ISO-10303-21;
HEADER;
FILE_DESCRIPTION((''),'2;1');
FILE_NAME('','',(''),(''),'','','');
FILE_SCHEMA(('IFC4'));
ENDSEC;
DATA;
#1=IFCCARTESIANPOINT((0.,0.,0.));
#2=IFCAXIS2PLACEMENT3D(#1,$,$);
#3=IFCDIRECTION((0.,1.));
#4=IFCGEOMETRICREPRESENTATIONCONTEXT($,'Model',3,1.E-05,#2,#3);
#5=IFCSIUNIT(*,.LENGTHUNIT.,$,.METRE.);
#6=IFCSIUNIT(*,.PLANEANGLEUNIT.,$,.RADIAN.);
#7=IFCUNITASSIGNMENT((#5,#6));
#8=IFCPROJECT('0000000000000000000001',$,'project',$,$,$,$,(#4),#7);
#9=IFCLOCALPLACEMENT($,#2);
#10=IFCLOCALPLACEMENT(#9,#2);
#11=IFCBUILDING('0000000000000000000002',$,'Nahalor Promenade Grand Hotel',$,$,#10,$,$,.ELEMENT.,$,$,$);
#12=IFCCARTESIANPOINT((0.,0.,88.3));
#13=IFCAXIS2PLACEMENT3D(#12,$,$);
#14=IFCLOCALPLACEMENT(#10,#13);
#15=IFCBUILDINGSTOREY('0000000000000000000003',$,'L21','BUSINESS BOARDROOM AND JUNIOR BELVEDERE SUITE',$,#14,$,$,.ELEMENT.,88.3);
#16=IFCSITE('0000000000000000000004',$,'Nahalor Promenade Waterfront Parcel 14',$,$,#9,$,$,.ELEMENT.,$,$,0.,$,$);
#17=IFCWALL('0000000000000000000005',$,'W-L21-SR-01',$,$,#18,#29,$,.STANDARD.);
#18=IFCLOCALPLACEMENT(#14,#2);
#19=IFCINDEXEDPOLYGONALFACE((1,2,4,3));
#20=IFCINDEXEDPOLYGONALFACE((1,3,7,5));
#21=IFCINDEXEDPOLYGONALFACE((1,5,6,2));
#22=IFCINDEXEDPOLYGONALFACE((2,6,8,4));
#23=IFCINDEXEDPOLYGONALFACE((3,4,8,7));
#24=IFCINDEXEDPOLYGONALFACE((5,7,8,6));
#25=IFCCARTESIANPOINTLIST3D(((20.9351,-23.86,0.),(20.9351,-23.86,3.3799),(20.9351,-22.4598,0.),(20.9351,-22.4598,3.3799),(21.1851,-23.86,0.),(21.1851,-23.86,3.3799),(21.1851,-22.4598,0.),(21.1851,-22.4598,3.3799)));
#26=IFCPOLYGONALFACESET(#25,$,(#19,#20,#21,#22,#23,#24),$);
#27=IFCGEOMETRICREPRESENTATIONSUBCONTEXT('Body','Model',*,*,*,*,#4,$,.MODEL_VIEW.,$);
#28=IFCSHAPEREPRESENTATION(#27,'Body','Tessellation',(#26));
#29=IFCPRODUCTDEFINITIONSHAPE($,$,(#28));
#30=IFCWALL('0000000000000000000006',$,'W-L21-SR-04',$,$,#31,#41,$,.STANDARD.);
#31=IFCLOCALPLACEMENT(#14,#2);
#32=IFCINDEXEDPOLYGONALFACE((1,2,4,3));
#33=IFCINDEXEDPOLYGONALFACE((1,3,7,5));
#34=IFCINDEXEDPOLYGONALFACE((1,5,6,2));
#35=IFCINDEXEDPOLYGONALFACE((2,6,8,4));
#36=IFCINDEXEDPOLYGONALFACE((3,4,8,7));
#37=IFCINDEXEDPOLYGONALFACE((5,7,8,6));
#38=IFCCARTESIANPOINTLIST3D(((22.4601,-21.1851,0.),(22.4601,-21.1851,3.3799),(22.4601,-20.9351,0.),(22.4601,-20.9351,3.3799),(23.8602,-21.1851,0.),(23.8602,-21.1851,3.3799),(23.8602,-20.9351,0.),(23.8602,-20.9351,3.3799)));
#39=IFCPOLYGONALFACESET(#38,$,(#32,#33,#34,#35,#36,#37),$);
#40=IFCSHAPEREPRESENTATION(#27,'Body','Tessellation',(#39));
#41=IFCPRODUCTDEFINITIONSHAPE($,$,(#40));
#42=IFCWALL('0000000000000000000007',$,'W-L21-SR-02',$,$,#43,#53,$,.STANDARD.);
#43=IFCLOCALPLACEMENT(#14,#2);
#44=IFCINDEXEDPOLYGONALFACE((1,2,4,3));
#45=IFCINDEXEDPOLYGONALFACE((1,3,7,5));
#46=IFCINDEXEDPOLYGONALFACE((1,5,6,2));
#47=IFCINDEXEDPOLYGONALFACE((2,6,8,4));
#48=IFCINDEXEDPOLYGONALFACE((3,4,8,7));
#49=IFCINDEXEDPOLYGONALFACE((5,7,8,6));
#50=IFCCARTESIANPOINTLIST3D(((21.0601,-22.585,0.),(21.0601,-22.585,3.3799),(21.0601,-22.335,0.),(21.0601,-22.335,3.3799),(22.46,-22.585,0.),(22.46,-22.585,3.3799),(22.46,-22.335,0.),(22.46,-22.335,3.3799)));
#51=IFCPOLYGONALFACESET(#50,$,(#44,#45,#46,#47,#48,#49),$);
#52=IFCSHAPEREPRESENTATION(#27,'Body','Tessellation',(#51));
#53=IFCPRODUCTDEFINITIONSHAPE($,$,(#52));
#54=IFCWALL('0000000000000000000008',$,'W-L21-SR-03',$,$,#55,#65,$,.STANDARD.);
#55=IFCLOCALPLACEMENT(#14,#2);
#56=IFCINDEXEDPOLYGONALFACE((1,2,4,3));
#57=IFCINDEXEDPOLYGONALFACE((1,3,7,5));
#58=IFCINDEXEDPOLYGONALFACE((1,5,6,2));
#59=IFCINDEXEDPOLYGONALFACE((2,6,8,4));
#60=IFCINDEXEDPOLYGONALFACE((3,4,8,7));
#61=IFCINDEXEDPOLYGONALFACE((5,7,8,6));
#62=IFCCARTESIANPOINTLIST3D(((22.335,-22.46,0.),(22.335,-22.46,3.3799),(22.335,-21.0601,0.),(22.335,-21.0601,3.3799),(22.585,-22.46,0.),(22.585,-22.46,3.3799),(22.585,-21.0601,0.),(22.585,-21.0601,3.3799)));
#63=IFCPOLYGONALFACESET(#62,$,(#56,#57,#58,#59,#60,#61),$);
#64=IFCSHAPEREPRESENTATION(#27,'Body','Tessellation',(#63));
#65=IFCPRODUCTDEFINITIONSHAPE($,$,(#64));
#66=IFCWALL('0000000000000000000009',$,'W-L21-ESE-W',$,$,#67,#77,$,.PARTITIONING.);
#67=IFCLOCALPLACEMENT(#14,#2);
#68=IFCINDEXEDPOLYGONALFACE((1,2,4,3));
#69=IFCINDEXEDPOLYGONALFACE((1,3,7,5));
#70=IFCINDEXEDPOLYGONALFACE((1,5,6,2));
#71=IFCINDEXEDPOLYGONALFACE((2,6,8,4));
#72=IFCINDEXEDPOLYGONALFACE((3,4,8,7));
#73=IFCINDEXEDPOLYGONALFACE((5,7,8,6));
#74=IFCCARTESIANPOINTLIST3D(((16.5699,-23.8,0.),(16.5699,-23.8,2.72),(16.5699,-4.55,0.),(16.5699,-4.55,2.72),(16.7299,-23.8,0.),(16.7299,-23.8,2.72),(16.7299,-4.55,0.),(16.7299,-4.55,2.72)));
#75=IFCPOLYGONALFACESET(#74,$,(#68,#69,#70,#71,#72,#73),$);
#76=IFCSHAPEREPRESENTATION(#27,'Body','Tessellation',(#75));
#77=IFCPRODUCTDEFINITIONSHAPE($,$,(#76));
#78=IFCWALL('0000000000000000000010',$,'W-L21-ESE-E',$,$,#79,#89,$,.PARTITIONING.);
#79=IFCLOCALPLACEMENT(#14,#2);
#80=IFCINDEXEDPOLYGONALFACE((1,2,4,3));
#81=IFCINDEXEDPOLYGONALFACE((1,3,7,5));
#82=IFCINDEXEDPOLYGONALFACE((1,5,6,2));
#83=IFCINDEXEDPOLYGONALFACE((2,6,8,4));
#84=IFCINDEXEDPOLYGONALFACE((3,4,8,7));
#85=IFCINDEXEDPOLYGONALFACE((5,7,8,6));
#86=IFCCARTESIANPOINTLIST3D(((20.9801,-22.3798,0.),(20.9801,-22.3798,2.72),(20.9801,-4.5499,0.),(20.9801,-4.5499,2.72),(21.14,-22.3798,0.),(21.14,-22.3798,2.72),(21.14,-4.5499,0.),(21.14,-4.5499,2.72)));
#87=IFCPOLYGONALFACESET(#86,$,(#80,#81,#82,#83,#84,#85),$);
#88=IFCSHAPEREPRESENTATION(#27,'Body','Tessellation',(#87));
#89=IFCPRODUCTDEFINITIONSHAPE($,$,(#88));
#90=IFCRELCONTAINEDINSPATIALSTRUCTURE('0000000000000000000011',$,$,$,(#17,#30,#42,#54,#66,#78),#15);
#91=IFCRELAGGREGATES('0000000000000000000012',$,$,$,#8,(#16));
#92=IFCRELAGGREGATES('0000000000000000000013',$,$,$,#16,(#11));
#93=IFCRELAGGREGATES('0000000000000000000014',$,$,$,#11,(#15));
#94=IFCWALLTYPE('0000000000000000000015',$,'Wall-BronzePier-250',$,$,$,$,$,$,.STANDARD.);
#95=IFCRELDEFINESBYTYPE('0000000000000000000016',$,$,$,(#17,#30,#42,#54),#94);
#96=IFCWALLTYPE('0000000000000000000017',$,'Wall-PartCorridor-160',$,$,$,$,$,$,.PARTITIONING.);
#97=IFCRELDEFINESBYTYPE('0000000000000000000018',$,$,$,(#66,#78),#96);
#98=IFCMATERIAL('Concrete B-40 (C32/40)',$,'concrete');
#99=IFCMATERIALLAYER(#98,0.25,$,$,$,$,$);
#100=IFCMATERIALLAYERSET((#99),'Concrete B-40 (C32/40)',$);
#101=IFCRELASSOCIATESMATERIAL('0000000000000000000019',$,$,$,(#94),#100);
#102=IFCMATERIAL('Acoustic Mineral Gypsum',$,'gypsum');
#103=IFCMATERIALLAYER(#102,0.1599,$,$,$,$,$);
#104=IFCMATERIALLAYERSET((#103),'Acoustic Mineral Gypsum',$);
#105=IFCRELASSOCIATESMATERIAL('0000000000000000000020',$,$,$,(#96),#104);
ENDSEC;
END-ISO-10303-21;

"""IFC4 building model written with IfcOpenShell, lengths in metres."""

from ifc_helpers import new_model, si_unit, direction, frame, frame_2d, origin, place, context, subcontext, project, spatial, rectangle, extrude, source, transform, mapped, material, layer, layer_set, type_object, element, save


model = new_model("IFC4")

# Units and contexts
model_context = context("Model", 3, precision=1e-05, world=origin(), true_north=direction((0.0, 1.0)))
body_context = subcontext(model_context, "Body", "Model", "MODEL_VIEW")
ifc_project = project(units=[si_unit("LENGTHUNIT", "METRE"), si_unit("PLANEANGLEUNIT", "RADIAN")], contexts=[model_context])

# Site, building, storey
site_placement = place(None, origin())
site = spatial("IfcSite", under=ifc_project, at=site_placement, Name="Nahalor Promenade Waterfront Parcel 14", CompositionType="ELEMENT", RefElevation=0.0)
building_placement = place(site_placement, origin())
building = spatial("IfcBuilding", under=site, at=building_placement, Name="Nahalor Promenade Grand Hotel", CompositionType="ELEMENT")
storey_placement = place(building_placement, frame((0.0, 0.0, 88.3)))
storey = spatial("IfcBuildingStorey", under=building, at=storey_placement, Name="L21", Description="BUSINESS BOARDROOM AND JUNIOR BELVEDERE SUITE", CompositionType="ELEMENT", Elevation=88.3)

# Walls
ifc_material_1 = material(Name="Concrete B-40 (C32/40)", Category="concrete")
ifc_layer_1 = layer(ifc_material_1, 0.25)
ifc_layer_set_1 = layer_set([ifc_layer_1], Name="Concrete B-40 (C32/40)")
wall_type_1 = type_object("IfcWallType", Name="Wall-BronzePier-250", PredefinedType="STANDARD", material=ifc_layer_set_1)
shared_shape_1 = source(origin(), body_context, "Body", "SweptSolid", [
    extrude(rectangle(XDim=1.4001, YDim=0.25, at=frame_2d((0.7002, 0.0))), origin(), (0.0, 0.0, 1.0), 3.3799),
])
for number, where, z_axis, x_axis, name in (
    (1, (21.0601, -23.8601, 0.0), (0.0, 0.0, 1.0), (0.0, 1.0, 0.0), "W-L21-SR-01"),
    (2, (22.46, -21.0601, 0.0), (0.0, 0.0, 1.0), (1.0, 0.0, 0.0), "W-L21-SR-04"),
):
    element("IfcWall", number, at=place(storey_placement, frame(where, z_axis=z_axis, x_axis=x_axis)), inside=storey, type_object=wall_type_1, Name=name, PredefinedType="STANDARD", context=body_context, shape_type="MappedRepresentation", body=[
        mapped(shared_shape_1, transform((0.0, 0.0, 0.0), scale=1.0)),
    ])
shared_shape_2 = source(origin(), body_context, "Body", "SweptSolid", [
    extrude(rectangle(XDim=1.3999, YDim=0.25, at=frame_2d((0.7, 0.0))), origin(), (0.0, 0.0, 1.0), 3.3799),
])
for number, where, z_axis, x_axis, name in (
    (3, (21.0601, -22.46, 0.0), (0.0, 0.0, 1.0), (1.0, 0.0, 0.0), "W-L21-SR-02"),
    (4, (22.46, -22.46, 0.0), (0.0, 0.0, 1.0), (0.0, 1.0, 0.0), "W-L21-SR-03"),
):
    element("IfcWall", number, at=place(storey_placement, frame(where, z_axis=z_axis, x_axis=x_axis)), inside=storey, type_object=wall_type_1, Name=name, PredefinedType="STANDARD", context=body_context, shape_type="MappedRepresentation", body=[
        mapped(shared_shape_2, transform((0.0, 0.0, 0.0), scale=1.0)),
    ])
ifc_material_2 = material(Name="Acoustic Mineral Gypsum", Category="gypsum")
ifc_layer_2 = layer(ifc_material_2, 0.1599)
ifc_layer_set_2 = layer_set([ifc_layer_2], Name="Acoustic Mineral Gypsum")
wall_type_2 = type_object("IfcWallType", Name="Wall-PartCorridor-160", PredefinedType="PARTITIONING", material=ifc_layer_set_2)
shared_shape_3 = source(origin(), body_context, "Body", "SweptSolid", [
    extrude(rectangle(XDim=19.25, YDim=0.1599, at=frame_2d((9.625, 0.0))), origin(), (0.0, 0.0, 1.0), 2.72),
])
wall_1_placement = place(storey_placement, frame((16.6499, -23.8, 0.0), z_axis=(0.0, 0.0, 1.0), x_axis=(0.0, 1.0, 0.0)))
element("IfcWall", 5, at=wall_1_placement, inside=storey, type_object=wall_type_2, Name="W-L21-ESE-W", PredefinedType="PARTITIONING", context=body_context, shape_type="MappedRepresentation", body=[
    mapped(shared_shape_3, transform((0.0, 0.0, 0.0), scale=1.0)),
])
shared_shape_4 = source(origin(), body_context, "Body", "SweptSolid", [
    extrude(rectangle(XDim=17.8298, YDim=0.1599, at=frame_2d((8.915, 0.0))), origin(), (0.0, 0.0, 1.0), 2.72),
])
wall_2_placement = place(storey_placement, frame((21.0601, -22.3799, 0.0), z_axis=(0.0, 0.0, 1.0), x_axis=(0.0, 1.0, 0.0)))
element("IfcWall", 6, at=wall_2_placement, inside=storey, type_object=wall_type_2, Name="W-L21-ESE-E", PredefinedType="PARTITIONING", context=body_context, shape_type="MappedRepresentation", body=[
    mapped(shared_shape_4, transform((0.0, 0.0, 0.0), scale=1.0)),
])

save(model, "model.ifc")
